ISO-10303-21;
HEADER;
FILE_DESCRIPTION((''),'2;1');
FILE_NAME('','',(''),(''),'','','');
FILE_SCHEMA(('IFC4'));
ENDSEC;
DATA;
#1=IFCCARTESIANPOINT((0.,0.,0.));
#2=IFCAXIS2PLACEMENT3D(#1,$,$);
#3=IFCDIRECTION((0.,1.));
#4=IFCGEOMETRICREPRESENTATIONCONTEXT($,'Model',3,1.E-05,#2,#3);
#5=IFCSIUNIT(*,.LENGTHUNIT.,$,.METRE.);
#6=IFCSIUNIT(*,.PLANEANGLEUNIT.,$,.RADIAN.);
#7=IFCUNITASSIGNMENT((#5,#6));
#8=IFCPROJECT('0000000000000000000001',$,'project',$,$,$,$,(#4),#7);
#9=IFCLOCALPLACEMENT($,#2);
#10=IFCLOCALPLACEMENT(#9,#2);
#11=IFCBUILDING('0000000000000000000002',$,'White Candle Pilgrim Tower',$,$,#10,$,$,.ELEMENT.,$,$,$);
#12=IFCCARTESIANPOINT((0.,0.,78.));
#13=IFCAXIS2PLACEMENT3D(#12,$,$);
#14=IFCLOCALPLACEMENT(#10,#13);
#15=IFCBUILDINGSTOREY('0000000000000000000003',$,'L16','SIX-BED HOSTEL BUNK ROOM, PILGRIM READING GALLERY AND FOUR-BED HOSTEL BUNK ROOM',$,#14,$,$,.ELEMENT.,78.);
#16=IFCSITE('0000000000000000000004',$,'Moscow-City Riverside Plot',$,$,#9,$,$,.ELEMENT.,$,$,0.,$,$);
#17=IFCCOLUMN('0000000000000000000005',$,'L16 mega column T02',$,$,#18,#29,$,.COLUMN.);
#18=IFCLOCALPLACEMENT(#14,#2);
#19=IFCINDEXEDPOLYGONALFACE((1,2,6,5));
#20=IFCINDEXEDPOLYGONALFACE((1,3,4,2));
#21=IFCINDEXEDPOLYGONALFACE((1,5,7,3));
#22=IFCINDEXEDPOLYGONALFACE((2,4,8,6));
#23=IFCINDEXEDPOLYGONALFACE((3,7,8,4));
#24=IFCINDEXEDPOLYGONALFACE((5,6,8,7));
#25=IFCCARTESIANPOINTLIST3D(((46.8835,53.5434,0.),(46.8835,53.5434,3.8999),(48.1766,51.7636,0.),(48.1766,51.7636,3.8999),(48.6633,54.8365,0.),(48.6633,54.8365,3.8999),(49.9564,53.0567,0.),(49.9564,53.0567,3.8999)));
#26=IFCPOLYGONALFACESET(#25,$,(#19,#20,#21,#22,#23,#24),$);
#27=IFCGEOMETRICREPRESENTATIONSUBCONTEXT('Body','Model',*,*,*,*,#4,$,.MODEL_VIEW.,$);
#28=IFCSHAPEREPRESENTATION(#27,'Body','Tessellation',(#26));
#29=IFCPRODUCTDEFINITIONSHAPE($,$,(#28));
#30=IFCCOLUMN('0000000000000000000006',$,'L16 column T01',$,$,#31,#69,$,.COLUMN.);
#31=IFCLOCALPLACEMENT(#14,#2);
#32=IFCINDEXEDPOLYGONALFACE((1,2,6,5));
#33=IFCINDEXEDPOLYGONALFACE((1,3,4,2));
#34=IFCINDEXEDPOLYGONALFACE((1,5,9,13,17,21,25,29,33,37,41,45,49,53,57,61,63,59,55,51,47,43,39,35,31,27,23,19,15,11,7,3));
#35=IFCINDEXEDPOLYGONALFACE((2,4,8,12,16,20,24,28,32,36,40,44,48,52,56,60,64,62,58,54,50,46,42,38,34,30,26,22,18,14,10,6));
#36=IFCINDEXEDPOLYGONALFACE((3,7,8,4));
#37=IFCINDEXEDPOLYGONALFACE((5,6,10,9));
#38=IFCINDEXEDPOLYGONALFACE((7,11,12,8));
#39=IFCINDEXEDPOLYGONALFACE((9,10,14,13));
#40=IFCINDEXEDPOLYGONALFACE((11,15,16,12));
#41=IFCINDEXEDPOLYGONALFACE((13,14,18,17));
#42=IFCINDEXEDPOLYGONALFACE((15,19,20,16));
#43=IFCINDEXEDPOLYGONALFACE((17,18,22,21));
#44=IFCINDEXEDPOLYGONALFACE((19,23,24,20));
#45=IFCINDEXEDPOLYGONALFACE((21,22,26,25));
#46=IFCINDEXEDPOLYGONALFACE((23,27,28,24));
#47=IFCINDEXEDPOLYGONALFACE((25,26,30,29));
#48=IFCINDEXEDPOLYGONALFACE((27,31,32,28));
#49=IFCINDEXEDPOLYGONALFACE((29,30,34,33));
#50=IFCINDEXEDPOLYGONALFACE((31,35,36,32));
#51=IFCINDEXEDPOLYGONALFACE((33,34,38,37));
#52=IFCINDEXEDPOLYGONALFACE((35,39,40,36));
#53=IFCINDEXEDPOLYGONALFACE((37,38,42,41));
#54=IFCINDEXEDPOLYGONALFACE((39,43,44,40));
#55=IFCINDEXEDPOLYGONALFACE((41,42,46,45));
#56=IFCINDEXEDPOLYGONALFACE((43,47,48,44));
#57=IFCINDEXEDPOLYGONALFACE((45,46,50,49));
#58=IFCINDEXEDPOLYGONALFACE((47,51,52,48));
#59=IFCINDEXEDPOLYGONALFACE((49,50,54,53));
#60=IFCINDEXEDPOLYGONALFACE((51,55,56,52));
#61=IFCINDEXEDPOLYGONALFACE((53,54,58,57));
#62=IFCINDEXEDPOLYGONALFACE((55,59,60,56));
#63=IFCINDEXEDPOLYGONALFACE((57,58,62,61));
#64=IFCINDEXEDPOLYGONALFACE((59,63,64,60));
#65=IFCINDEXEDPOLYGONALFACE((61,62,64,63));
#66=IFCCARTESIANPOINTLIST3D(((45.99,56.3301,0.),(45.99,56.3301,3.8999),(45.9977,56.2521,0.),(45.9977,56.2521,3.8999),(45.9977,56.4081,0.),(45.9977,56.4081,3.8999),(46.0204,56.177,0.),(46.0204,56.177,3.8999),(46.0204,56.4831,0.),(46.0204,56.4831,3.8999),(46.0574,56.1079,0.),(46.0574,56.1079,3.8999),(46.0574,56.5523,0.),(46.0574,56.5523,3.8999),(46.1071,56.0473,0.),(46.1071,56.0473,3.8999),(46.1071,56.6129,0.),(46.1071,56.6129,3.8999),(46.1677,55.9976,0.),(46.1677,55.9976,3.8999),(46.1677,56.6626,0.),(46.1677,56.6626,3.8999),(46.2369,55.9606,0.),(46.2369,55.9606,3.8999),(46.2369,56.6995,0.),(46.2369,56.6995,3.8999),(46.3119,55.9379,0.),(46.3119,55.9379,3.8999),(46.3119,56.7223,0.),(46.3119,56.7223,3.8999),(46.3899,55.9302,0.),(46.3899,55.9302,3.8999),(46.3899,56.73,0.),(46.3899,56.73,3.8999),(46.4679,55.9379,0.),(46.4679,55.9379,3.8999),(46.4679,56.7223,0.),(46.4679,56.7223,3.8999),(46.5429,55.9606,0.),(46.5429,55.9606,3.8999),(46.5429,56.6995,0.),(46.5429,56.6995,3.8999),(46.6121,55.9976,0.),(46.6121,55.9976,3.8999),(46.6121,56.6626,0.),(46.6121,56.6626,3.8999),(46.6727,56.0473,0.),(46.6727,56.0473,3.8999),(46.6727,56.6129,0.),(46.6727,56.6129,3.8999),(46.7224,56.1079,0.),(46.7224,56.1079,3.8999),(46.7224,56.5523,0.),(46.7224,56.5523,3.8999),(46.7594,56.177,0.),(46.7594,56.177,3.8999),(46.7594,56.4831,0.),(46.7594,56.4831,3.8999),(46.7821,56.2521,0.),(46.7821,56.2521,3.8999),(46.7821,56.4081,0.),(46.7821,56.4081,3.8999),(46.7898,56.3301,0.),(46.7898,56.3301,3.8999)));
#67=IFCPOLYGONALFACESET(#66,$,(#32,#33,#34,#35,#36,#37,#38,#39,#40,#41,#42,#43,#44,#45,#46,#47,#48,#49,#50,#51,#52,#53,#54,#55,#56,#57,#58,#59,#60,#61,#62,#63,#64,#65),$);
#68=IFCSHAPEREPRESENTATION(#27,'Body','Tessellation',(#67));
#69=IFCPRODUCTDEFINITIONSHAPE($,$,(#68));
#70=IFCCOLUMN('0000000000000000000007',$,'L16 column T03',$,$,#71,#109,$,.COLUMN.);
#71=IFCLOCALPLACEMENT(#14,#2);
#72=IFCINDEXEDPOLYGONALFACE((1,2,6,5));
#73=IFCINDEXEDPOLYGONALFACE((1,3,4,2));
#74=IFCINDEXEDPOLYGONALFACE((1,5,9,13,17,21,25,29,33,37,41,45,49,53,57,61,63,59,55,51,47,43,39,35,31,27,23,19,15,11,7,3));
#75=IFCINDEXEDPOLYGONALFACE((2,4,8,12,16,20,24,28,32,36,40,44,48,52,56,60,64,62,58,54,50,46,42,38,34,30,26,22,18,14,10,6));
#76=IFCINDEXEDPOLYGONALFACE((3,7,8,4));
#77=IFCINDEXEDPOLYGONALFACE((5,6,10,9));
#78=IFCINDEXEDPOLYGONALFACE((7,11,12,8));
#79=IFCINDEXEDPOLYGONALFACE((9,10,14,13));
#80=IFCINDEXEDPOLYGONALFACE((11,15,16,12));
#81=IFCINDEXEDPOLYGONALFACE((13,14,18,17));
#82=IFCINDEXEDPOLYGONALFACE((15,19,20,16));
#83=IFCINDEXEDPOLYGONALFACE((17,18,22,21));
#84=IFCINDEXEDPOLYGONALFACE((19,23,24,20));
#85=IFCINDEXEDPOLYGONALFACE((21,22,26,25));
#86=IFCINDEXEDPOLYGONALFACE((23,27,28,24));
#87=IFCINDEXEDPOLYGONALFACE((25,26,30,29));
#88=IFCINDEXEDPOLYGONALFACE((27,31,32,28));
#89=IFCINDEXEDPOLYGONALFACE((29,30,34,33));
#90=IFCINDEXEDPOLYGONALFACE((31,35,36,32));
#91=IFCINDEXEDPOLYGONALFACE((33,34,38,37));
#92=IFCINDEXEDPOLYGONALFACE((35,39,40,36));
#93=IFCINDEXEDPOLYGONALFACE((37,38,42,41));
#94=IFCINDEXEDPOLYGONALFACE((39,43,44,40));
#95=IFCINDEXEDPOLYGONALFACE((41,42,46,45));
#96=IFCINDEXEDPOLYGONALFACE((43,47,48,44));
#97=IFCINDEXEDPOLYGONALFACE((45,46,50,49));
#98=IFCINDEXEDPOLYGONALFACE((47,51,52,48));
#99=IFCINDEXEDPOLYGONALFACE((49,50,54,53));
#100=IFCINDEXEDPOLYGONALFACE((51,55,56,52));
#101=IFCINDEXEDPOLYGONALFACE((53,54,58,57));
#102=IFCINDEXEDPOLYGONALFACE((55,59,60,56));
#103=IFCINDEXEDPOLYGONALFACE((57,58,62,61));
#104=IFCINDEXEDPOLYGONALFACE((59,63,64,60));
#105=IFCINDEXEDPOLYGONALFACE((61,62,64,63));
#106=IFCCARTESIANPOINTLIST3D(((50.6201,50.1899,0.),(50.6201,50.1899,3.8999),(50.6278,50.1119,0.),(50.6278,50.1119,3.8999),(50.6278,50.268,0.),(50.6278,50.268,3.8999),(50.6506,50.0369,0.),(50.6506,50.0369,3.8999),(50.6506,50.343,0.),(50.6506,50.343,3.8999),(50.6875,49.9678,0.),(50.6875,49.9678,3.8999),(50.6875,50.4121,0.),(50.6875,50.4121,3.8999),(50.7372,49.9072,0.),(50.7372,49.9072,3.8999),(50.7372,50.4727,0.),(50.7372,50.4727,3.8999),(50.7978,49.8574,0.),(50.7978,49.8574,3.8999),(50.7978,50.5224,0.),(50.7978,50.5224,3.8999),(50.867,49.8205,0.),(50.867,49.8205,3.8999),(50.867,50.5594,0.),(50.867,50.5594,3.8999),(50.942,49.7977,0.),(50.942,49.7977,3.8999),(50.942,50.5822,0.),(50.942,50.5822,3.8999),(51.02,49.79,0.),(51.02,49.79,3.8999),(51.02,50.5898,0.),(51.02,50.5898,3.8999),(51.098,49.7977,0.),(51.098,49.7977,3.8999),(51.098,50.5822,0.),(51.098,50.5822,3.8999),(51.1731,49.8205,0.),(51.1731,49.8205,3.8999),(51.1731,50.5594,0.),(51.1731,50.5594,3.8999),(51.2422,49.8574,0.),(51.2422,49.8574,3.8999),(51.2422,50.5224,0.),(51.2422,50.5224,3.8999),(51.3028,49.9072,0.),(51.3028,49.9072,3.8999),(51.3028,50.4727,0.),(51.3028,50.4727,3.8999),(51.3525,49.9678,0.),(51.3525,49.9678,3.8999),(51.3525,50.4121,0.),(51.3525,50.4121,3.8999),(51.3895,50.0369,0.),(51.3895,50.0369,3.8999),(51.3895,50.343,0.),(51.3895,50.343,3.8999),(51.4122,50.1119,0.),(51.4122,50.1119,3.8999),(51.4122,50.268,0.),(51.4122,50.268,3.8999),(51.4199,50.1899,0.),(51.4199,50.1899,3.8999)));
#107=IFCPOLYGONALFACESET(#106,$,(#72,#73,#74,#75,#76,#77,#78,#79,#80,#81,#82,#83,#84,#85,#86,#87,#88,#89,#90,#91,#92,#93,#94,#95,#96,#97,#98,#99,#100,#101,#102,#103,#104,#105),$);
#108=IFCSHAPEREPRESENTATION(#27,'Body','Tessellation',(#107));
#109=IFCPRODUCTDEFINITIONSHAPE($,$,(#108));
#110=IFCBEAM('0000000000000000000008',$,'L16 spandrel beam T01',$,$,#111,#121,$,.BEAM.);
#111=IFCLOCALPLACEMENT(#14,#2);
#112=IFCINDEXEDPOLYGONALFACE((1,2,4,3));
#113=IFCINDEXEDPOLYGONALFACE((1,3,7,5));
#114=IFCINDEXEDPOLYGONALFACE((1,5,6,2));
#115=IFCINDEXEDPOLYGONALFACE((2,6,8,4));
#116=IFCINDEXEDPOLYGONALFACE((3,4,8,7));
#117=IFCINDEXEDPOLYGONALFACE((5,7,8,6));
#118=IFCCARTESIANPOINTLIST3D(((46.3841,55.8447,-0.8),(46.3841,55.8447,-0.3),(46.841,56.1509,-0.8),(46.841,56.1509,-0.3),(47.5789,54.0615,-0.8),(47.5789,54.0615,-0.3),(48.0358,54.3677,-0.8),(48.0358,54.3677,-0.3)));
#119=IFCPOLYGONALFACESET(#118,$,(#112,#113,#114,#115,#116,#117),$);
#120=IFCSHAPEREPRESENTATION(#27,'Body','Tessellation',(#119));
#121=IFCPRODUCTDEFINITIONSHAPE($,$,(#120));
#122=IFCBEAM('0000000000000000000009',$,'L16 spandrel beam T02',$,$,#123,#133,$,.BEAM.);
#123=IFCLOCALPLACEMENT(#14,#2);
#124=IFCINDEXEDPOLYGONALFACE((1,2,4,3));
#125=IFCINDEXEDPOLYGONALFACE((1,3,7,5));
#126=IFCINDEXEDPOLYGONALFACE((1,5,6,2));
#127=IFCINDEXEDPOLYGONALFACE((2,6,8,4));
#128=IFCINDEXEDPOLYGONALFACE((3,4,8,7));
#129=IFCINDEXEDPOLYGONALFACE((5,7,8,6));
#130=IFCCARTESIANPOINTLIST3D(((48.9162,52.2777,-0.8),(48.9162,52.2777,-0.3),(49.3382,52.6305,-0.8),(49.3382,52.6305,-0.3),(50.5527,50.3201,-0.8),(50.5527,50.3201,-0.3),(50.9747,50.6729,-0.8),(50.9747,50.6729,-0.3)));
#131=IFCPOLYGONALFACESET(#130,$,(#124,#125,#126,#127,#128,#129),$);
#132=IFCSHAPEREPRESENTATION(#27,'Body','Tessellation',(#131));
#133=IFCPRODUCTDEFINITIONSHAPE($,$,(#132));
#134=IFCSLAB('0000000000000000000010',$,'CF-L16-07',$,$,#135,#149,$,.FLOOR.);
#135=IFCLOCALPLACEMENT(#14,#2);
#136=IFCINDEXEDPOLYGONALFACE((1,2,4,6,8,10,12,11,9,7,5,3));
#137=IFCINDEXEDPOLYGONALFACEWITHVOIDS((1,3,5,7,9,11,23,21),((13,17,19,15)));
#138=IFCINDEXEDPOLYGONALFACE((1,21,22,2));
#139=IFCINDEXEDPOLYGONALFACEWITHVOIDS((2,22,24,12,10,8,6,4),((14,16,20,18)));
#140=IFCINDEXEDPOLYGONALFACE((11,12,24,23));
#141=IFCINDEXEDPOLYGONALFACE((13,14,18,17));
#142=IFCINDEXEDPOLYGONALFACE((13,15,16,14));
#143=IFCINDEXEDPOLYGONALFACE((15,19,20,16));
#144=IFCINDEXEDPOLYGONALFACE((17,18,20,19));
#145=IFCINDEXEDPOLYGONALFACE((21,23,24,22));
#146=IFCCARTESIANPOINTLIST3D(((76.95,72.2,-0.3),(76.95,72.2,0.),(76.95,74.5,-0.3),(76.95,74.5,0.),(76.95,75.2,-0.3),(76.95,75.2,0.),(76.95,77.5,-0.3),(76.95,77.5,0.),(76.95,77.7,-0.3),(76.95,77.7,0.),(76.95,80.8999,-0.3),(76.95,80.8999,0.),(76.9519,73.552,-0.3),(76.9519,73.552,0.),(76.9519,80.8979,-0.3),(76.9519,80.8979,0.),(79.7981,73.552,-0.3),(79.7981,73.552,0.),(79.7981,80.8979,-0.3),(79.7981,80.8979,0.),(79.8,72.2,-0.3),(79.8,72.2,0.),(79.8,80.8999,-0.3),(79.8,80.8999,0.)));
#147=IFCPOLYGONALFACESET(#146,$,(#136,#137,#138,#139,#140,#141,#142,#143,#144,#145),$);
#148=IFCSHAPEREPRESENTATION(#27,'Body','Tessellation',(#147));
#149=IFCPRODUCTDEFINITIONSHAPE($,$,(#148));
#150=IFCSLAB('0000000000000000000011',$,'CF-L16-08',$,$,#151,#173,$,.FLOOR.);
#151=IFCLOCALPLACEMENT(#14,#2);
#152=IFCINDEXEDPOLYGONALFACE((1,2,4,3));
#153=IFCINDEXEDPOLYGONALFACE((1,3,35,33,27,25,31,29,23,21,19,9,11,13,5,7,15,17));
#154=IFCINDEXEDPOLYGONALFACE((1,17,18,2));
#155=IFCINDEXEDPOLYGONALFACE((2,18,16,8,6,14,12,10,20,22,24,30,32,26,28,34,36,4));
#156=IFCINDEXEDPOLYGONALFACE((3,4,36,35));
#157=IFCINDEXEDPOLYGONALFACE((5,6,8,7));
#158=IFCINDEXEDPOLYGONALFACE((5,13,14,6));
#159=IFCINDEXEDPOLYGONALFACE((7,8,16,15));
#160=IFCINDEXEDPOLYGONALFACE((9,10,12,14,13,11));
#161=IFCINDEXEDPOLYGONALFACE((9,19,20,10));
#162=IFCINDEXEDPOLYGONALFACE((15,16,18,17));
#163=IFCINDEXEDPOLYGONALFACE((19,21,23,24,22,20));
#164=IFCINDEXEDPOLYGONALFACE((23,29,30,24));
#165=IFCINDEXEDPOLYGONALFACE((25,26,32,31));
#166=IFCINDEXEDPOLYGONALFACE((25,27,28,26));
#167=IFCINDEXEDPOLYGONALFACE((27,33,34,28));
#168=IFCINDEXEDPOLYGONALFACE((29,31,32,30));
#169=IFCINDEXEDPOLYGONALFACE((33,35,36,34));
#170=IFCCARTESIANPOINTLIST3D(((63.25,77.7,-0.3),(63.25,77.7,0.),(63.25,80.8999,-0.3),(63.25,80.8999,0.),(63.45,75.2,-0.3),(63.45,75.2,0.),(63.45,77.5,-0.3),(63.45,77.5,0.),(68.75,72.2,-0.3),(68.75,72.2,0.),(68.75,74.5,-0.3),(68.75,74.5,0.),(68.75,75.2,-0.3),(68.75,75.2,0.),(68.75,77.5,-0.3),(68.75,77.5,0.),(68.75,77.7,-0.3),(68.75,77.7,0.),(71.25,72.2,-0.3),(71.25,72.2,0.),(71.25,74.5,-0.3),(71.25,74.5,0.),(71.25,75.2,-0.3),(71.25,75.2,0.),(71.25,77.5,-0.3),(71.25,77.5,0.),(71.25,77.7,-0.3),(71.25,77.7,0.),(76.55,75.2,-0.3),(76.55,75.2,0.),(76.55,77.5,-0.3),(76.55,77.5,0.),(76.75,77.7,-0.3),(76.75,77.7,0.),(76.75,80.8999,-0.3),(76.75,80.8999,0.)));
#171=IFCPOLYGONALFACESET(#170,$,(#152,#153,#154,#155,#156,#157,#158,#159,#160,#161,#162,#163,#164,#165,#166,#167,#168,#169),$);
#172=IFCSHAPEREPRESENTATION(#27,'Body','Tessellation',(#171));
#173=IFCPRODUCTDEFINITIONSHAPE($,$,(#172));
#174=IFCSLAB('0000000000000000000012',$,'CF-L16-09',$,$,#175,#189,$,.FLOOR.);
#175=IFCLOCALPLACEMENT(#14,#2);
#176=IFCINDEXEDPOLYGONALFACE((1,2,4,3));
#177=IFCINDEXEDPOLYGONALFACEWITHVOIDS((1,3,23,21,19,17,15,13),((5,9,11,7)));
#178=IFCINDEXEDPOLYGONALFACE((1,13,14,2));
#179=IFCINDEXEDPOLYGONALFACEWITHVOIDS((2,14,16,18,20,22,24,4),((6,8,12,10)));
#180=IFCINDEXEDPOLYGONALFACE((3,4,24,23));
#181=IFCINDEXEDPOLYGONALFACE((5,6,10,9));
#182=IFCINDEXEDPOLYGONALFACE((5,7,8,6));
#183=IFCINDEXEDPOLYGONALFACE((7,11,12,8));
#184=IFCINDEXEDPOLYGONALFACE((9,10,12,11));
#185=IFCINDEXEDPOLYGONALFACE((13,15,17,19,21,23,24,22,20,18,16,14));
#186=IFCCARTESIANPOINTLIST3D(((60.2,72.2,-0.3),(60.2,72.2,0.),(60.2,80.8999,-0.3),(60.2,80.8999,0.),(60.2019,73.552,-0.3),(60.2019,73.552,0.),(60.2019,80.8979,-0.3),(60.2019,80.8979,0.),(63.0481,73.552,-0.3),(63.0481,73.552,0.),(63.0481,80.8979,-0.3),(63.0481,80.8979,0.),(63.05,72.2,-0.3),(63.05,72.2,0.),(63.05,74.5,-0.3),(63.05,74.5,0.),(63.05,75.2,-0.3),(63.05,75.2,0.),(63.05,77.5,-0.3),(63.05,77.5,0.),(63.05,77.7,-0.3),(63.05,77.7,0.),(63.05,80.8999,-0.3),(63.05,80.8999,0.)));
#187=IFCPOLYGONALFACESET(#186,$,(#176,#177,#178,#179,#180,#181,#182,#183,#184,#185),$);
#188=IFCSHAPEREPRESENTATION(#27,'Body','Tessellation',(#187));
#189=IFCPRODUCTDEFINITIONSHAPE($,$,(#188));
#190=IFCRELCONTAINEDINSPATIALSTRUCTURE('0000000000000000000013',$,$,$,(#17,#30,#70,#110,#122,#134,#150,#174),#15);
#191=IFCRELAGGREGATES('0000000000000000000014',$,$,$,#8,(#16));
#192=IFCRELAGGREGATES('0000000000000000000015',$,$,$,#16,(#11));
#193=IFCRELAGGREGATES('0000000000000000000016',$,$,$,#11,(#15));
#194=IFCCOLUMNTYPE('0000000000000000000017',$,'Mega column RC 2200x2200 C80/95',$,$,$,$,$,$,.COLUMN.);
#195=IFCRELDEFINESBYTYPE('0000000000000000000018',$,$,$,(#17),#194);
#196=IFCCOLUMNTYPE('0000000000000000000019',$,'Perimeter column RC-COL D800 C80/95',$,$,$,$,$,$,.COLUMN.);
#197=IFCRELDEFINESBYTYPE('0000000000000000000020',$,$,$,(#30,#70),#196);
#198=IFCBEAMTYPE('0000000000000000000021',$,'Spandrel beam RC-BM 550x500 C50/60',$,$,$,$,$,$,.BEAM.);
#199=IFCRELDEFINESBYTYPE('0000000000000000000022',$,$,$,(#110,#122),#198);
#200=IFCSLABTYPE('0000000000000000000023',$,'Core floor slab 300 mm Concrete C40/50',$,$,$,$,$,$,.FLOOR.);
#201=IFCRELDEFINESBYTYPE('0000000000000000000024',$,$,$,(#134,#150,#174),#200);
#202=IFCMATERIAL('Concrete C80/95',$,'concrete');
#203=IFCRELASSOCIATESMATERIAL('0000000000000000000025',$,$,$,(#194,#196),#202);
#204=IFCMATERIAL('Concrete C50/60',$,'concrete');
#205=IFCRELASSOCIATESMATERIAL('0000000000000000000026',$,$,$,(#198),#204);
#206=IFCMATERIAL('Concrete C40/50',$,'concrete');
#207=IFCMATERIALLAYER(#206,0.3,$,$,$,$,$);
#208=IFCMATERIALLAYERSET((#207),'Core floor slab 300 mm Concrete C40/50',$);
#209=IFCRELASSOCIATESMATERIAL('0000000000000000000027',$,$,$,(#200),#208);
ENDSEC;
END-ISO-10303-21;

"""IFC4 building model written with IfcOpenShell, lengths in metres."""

from ifc_helpers import new_model, si_unit, direction, frame, origin, origin_2d, place, context, subcontext, project, spatial, polyline, rectangle, circle, outline, extrude, material, layer, layer_set, material_profile, profile_set, type_object, element, save


model = new_model("IFC4")

# Units and contexts
model_context = context("Model", 3, precision=1e-05, world=origin(), true_north=direction((0.0, 1.0)))
body_context = subcontext(model_context, "Body", "Model", "MODEL_VIEW")
ifc_project = project(units=[si_unit("LENGTHUNIT", "METRE"), si_unit("PLANEANGLEUNIT", "RADIAN")], contexts=[model_context])

# Site, building, storey
site_placement = place(None, origin())
site = spatial("IfcSite", under=ifc_project, at=site_placement, Name="Moscow-City Riverside Plot", CompositionType="ELEMENT", RefElevation=0.0)
building_placement = place(site_placement, origin())
building = spatial("IfcBuilding", under=site, at=building_placement, Name="White Candle Pilgrim Tower", CompositionType="ELEMENT")
storey_placement = place(building_placement, frame((0.0, 0.0, 78.0)))
storey = spatial("IfcBuildingStorey", under=building, at=storey_placement, Name="L16", Description="SIX-BED HOSTEL BUNK ROOM, PILGRIM READING GALLERY AND FOUR-BED HOSTEL BUNK ROOM", CompositionType="ELEMENT", Elevation=78.0)

# Columns
ifc_material_1 = material(Name="Concrete C80/95", Category="concrete")
ifc_material_profile_1 = material_profile(ifc_material_1, rectangle(XDim=2.2, YDim=2.2, at=origin_2d()), Name="RC 2200x2200")
ifc_profile_set_1 = profile_set([ifc_material_profile_1], Name="Concrete C80/95")
column_type_1 = type_object("IfcColumnType", Name="Mega column RC 2200x2200 C80/95", PredefinedType="COLUMN", material=ifc_profile_set_1)
column_placement = place(storey_placement, frame((48.4199, 53.3, 0.0), z_axis=(0.0, 0.0, 1.0), x_axis=(-0.809017, -0.587785, 0.0)))
element("IfcColumn", 1, at=column_placement, inside=storey, type_object=column_type_1, Name="L16 mega column T02", PredefinedType="COLUMN", context=body_context, shape_type="SweptSolid", body=[
    extrude(rectangle(XDim=2.2, YDim=2.2, at=origin_2d()), origin(), (0.0, 0.0, 1.0), 3.8999),
])
ifc_material_profile_2 = material_profile(ifc_material_1, circle(Radius=0.3999, at=origin_2d()), Name="RC-COL D800")
ifc_profile_set_2 = profile_set([ifc_material_profile_2], Name="Concrete C80/95")
column_type_2 = type_object("IfcColumnType", Name="Perimeter column RC-COL D800 C80/95", PredefinedType="COLUMN", material=ifc_profile_set_2)
for number, where, z_axis, x_axis, name in (
    (2, (46.3899, 56.3301, 0.0), (0.0, 0.0, 1.0), (1.0, 0.0, 0.0), "L16 column T01"),
    (3, (51.02, 50.1899, 0.0), (0.0, 0.0, 1.0), (1.0, 0.0, 0.0), "L16 column T03"),
):
    element("IfcColumn", number, at=place(storey_placement, frame(where, z_axis=z_axis, x_axis=x_axis)), inside=storey, type_object=column_type_2, Name=name, PredefinedType="COLUMN", context=body_context, shape_type="SweptSolid", body=[
        extrude(circle(Radius=0.3999, at=origin_2d()), origin(), (0.0, 0.0, 1.0), 3.8999),
    ])

# Beams
ifc_material_2 = material(Name="Concrete C50/60", Category="concrete")
ifc_material_profile_3 = material_profile(ifc_material_2, rectangle(XDim=0.55, YDim=0.5, at=origin_2d()), Name="RC-BM 550x500")
ifc_profile_set_3 = profile_set([ifc_material_profile_3], Name="Concrete C50/60")
beam_type = type_object("IfcBeamType", Name="Spandrel beam RC-BM 550x500 C50/60", PredefinedType="BEAM", material=ifc_profile_set_3)
beam_1_placement = place(storey_placement, frame((46.6125, 55.9978, -0.55), z_axis=(0.556641, -0.830753, 0.0), x_axis=(0.830753, 0.556641, 0.0)))
element("IfcBeam", 4, at=beam_1_placement, inside=storey, type_object=beam_type, Name="L16 spandrel beam T01", PredefinedType="BEAM", context=body_context, shape_type="SweptSolid", body=[
    extrude(rectangle(XDim=0.55, YDim=0.5, at=origin_2d()), origin(), (0.0, 0.0, 1.0), 2.1465),
])
beam_2_placement = place(storey_placement, frame((49.1272, 52.4541, -0.55), z_axis=(0.641388, -0.767216, 0.0), x_axis=(0.767216, 0.641388, 0.0)))
element("IfcBeam", 5, at=beam_2_placement, inside=storey, type_object=beam_type, Name="L16 spandrel beam T02", PredefinedType="BEAM", context=body_context, shape_type="SweptSolid", body=[
    extrude(rectangle(XDim=0.55, YDim=0.5, at=origin_2d()), origin(), (0.0, 0.0, 1.0), 2.5515),
])

# Slabs
ifc_material_3 = material(Name="Concrete C40/50", Category="concrete")
ifc_layer_1 = layer(ifc_material_3, 0.3)
ifc_layer_set_1 = layer_set([ifc_layer_1], Name="Core floor slab 300 mm Concrete C40/50")
slab_type_1 = type_object("IfcSlabType", Name="Core floor slab 300 mm Concrete C40/50", PredefinedType="FLOOR", material=ifc_layer_set_1)
slab_1_placement = place(storey_placement, frame((0.0, 0.0, -0.3)))
element("IfcSlab", 6, at=slab_1_placement, inside=storey, type_object=slab_type_1, Name="CF-L16-07", PredefinedType="FLOOR", context=body_context, shape_type="SweptSolid", body=[
    extrude(outline(polyline([(79.8, 72.2), (76.95, 72.2), (76.95, 74.5), (76.95, 75.2), (76.95, 77.5), (76.95, 77.7), (76.95, 80.8999), (79.8, 80.8999), (79.8, 72.2)]), holes=[polyline([(76.9519, 73.552), (79.7981, 73.552), (79.7981, 80.8979), (76.9519, 80.8979), (76.9519, 73.552)])]), origin(), (0.0, 0.0, 1.0), 0.3),
])
slab_2_placement = place(storey_placement, frame((0.0, 0.0, -0.3)))
element("IfcSlab", 7, at=slab_2_placement, inside=storey, type_object=slab_type_1, Name="CF-L16-08", PredefinedType="FLOOR", context=body_context, shape_type="SweptSolid", body=[
    extrude(outline(polyline([(68.75, 72.2), (68.75, 74.5), (68.75, 75.2), (63.45, 75.2), (63.45, 77.5), (68.75, 77.5), (68.75, 77.7), (63.25, 77.7), (63.25, 80.8999), (76.75, 80.8999), (76.75, 77.7), (71.25, 77.7), (71.25, 77.5), (76.55, 77.5), (76.55, 75.2), (71.25, 75.2), (71.25, 74.5), (71.25, 72.2), (68.75, 72.2)])), origin(), (0.0, 0.0, 1.0), 0.3),
])
slab_3_placement = place(storey_placement, frame((0.0, 0.0, -0.3)))
element("IfcSlab", 8, at=slab_3_placement, inside=storey, type_object=slab_type_1, Name="CF-L16-09", PredefinedType="FLOOR", context=body_context, shape_type="SweptSolid", body=[
    extrude(outline(polyline([(60.2, 72.2), (60.2, 80.8999), (63.05, 80.8999), (63.05, 77.7), (63.05, 77.5), (63.05, 75.2), (63.05, 74.5), (63.05, 72.2), (60.2, 72.2)]), holes=[polyline([(60.2019, 73.552), (63.0481, 73.552), (63.0481, 80.8979), (60.2019, 80.8979), (60.2019, 73.552)])]), origin(), (0.0, 0.0, 1.0), 0.3),
])

save(model, "model.ifc")
